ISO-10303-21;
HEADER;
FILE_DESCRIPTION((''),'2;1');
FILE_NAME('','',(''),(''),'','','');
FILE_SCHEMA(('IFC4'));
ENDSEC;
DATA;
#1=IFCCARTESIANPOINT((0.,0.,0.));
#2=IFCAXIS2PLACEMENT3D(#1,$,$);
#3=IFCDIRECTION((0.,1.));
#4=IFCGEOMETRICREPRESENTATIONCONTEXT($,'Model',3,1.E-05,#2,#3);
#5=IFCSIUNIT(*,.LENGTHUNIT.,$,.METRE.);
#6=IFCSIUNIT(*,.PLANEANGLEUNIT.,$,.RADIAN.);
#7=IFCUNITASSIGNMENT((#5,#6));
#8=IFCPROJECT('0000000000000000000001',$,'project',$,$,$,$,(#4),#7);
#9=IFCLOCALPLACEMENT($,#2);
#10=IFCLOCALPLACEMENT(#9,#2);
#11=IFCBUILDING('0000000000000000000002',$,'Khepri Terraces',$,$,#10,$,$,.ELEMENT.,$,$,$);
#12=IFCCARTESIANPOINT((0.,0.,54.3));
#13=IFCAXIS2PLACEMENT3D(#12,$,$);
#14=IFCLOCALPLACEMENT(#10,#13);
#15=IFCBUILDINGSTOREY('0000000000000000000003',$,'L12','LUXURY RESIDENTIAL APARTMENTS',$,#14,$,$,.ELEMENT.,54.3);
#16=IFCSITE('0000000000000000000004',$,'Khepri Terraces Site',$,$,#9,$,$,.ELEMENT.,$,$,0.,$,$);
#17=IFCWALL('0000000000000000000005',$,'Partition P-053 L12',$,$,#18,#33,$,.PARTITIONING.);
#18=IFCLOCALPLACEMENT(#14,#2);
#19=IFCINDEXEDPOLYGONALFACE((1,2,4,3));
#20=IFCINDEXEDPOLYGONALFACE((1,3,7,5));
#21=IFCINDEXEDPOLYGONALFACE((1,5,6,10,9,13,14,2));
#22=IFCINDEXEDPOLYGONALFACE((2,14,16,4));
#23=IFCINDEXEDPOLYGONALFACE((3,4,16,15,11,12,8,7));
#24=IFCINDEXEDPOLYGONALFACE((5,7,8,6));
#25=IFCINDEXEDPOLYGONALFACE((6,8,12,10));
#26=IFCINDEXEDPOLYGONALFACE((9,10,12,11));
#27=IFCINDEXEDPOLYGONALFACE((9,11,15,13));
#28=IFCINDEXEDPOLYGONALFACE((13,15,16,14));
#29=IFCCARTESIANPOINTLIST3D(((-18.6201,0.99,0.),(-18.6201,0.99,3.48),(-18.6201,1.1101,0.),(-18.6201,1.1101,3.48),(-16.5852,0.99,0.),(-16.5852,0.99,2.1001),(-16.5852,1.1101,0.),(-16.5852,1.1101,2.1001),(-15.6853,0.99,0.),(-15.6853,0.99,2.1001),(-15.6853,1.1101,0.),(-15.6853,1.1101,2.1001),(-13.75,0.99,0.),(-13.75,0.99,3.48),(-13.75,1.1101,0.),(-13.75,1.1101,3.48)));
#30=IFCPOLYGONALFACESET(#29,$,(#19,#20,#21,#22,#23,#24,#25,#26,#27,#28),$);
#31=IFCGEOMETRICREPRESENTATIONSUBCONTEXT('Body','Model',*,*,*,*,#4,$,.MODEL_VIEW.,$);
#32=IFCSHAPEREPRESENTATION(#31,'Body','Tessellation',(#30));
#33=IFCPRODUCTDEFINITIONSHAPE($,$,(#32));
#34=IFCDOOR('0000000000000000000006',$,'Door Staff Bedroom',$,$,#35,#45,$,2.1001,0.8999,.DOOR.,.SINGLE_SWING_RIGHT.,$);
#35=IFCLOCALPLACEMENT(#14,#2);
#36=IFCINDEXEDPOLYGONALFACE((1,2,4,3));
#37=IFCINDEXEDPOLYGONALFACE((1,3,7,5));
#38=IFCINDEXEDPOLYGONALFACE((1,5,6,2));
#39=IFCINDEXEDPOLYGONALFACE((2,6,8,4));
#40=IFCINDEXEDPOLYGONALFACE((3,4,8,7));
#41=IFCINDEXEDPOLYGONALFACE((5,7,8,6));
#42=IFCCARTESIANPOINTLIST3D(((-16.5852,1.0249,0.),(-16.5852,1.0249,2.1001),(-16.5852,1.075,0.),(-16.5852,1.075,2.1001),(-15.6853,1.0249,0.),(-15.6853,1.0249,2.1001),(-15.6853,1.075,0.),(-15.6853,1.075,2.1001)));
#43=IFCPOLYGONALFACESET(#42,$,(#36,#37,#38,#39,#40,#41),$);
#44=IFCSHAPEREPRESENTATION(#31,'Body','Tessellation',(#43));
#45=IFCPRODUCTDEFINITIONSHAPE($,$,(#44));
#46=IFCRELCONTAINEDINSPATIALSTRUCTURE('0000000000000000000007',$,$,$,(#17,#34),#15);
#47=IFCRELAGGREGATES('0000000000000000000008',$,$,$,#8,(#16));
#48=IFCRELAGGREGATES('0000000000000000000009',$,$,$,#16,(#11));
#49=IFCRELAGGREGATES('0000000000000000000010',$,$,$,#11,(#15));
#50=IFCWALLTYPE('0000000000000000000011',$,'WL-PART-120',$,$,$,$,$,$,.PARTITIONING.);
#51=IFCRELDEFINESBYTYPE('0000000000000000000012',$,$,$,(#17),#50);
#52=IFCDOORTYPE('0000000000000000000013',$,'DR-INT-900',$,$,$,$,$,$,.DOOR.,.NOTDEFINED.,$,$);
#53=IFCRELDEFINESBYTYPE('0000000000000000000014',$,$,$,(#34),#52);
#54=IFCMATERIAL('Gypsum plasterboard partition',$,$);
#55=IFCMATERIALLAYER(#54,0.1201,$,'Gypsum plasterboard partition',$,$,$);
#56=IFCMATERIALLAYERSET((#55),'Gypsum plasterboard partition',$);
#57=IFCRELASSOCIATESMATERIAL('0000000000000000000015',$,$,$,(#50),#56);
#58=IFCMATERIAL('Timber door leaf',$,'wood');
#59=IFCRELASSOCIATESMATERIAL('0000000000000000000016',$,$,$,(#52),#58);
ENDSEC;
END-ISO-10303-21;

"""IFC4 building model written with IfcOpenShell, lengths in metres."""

from ifc_helpers import new_model, si_unit, direction, frame, frame_2d, origin, place, context, subcontext, project, spatial, rectangle, extrude, material, layer, layer_set, type_object, element, fill, save


model = new_model("IFC4")

# Units and contexts
model_context = context("Model", 3, precision=1e-05, world=origin(), true_north=direction((0.0, 1.0)))
body_context = subcontext(model_context, "Body", "Model", "MODEL_VIEW")
ifc_project = project(units=[si_unit("LENGTHUNIT", "METRE"), si_unit("PLANEANGLEUNIT", "RADIAN")], contexts=[model_context])

# Site, building, storey
site_placement = place(None, origin())
site = spatial("IfcSite", under=ifc_project, at=site_placement, Name="Khepri Terraces Site", CompositionType="ELEMENT", RefElevation=0.0)
building_placement = place(site_placement, origin())
building = spatial("IfcBuilding", under=site, at=building_placement, Name="Khepri Terraces", CompositionType="ELEMENT")
storey_placement = place(building_placement, frame((0.0, 0.0, 54.3)))
storey = spatial("IfcBuildingStorey", under=building, at=storey_placement, Name="L12", Description="LUXURY RESIDENTIAL APARTMENTS", CompositionType="ELEMENT", Elevation=54.3)

# Shared definitions
ifc_material_1 = material(Name="Gypsum plasterboard partition")
ifc_layer_1 = layer(ifc_material_1, 0.1201, Name="Gypsum plasterboard partition")
ifc_layer_set_1 = layer_set([ifc_layer_1], Name="Gypsum plasterboard partition")
wall_type_1 = type_object("IfcWallType", Name="WL-PART-120", PredefinedType="PARTITIONING", material=ifc_layer_set_1)
ifc_material_2 = material(Name="Timber door leaf", Category="wood")
door_type_1 = type_object("IfcDoorType", Name="DR-INT-900", OperationType="NOTDEFINED", PredefinedType="DOOR", material=ifc_material_2)

# Wall, opening, door
wall_1_placement = place(storey_placement, frame((-18.6201, 1.05, 0.0), z_axis=(0.0, 0.0, 1.0), x_axis=(1.0, 0.0, 0.0)))
wall_1 = element("IfcWall", 1, at=wall_1_placement, inside=storey, type_object=wall_type_1, Name="Partition P-053 L12", PredefinedType="PARTITIONING", context=body_context, shape_type="SweptSolid", body=[
    extrude(rectangle(XDim=4.8701, YDim=0.1201, at=frame_2d((2.4351, 0.0))), origin(), (0.0, 0.0, 1.0), 3.48),
])
opening_1_placement = place(wall_1_placement, frame((2.0349, 0.0, 0.0)))
opening_1 = element("IfcOpeningElement", 2, at=opening_1_placement, cuts=wall_1, PredefinedType="OPENING", context=body_context, shape_type="SweptSolid", body=[
    extrude(rectangle(XDim=0.8999, YDim=2.1001, at=frame_2d((0.45, 1.05))), frame((0.0, 0.0701, 0.0), z_axis=(0.0, -1.0, 0.0), x_axis=(1.0, 0.0, 0.0)), (0.0, 0.0, 1.0), 0.1401),
])
door_1_placement = place(opening_1_placement, origin())
door_1 = element("IfcDoor", 3, at=door_1_placement, inside=storey, type_object=door_type_1, Name="Door Staff Bedroom", OperationType="SINGLE_SWING_RIGHT", OverallHeight=2.1001, OverallWidth=0.8999, PredefinedType="DOOR", context=body_context, shape_type="SweptSolid", body=[
    extrude(rectangle(XDim=0.8999, YDim=2.1001, at=frame_2d((0.45, 1.05))), frame((0.0, 0.0249, 0.0), z_axis=(0.0, -1.0, 0.0), x_axis=(1.0, 0.0, 0.0)), (0.0, 0.0, 1.0), 0.05),
])
fill(opening_1, door_1)

save(model, "model.ifc")
